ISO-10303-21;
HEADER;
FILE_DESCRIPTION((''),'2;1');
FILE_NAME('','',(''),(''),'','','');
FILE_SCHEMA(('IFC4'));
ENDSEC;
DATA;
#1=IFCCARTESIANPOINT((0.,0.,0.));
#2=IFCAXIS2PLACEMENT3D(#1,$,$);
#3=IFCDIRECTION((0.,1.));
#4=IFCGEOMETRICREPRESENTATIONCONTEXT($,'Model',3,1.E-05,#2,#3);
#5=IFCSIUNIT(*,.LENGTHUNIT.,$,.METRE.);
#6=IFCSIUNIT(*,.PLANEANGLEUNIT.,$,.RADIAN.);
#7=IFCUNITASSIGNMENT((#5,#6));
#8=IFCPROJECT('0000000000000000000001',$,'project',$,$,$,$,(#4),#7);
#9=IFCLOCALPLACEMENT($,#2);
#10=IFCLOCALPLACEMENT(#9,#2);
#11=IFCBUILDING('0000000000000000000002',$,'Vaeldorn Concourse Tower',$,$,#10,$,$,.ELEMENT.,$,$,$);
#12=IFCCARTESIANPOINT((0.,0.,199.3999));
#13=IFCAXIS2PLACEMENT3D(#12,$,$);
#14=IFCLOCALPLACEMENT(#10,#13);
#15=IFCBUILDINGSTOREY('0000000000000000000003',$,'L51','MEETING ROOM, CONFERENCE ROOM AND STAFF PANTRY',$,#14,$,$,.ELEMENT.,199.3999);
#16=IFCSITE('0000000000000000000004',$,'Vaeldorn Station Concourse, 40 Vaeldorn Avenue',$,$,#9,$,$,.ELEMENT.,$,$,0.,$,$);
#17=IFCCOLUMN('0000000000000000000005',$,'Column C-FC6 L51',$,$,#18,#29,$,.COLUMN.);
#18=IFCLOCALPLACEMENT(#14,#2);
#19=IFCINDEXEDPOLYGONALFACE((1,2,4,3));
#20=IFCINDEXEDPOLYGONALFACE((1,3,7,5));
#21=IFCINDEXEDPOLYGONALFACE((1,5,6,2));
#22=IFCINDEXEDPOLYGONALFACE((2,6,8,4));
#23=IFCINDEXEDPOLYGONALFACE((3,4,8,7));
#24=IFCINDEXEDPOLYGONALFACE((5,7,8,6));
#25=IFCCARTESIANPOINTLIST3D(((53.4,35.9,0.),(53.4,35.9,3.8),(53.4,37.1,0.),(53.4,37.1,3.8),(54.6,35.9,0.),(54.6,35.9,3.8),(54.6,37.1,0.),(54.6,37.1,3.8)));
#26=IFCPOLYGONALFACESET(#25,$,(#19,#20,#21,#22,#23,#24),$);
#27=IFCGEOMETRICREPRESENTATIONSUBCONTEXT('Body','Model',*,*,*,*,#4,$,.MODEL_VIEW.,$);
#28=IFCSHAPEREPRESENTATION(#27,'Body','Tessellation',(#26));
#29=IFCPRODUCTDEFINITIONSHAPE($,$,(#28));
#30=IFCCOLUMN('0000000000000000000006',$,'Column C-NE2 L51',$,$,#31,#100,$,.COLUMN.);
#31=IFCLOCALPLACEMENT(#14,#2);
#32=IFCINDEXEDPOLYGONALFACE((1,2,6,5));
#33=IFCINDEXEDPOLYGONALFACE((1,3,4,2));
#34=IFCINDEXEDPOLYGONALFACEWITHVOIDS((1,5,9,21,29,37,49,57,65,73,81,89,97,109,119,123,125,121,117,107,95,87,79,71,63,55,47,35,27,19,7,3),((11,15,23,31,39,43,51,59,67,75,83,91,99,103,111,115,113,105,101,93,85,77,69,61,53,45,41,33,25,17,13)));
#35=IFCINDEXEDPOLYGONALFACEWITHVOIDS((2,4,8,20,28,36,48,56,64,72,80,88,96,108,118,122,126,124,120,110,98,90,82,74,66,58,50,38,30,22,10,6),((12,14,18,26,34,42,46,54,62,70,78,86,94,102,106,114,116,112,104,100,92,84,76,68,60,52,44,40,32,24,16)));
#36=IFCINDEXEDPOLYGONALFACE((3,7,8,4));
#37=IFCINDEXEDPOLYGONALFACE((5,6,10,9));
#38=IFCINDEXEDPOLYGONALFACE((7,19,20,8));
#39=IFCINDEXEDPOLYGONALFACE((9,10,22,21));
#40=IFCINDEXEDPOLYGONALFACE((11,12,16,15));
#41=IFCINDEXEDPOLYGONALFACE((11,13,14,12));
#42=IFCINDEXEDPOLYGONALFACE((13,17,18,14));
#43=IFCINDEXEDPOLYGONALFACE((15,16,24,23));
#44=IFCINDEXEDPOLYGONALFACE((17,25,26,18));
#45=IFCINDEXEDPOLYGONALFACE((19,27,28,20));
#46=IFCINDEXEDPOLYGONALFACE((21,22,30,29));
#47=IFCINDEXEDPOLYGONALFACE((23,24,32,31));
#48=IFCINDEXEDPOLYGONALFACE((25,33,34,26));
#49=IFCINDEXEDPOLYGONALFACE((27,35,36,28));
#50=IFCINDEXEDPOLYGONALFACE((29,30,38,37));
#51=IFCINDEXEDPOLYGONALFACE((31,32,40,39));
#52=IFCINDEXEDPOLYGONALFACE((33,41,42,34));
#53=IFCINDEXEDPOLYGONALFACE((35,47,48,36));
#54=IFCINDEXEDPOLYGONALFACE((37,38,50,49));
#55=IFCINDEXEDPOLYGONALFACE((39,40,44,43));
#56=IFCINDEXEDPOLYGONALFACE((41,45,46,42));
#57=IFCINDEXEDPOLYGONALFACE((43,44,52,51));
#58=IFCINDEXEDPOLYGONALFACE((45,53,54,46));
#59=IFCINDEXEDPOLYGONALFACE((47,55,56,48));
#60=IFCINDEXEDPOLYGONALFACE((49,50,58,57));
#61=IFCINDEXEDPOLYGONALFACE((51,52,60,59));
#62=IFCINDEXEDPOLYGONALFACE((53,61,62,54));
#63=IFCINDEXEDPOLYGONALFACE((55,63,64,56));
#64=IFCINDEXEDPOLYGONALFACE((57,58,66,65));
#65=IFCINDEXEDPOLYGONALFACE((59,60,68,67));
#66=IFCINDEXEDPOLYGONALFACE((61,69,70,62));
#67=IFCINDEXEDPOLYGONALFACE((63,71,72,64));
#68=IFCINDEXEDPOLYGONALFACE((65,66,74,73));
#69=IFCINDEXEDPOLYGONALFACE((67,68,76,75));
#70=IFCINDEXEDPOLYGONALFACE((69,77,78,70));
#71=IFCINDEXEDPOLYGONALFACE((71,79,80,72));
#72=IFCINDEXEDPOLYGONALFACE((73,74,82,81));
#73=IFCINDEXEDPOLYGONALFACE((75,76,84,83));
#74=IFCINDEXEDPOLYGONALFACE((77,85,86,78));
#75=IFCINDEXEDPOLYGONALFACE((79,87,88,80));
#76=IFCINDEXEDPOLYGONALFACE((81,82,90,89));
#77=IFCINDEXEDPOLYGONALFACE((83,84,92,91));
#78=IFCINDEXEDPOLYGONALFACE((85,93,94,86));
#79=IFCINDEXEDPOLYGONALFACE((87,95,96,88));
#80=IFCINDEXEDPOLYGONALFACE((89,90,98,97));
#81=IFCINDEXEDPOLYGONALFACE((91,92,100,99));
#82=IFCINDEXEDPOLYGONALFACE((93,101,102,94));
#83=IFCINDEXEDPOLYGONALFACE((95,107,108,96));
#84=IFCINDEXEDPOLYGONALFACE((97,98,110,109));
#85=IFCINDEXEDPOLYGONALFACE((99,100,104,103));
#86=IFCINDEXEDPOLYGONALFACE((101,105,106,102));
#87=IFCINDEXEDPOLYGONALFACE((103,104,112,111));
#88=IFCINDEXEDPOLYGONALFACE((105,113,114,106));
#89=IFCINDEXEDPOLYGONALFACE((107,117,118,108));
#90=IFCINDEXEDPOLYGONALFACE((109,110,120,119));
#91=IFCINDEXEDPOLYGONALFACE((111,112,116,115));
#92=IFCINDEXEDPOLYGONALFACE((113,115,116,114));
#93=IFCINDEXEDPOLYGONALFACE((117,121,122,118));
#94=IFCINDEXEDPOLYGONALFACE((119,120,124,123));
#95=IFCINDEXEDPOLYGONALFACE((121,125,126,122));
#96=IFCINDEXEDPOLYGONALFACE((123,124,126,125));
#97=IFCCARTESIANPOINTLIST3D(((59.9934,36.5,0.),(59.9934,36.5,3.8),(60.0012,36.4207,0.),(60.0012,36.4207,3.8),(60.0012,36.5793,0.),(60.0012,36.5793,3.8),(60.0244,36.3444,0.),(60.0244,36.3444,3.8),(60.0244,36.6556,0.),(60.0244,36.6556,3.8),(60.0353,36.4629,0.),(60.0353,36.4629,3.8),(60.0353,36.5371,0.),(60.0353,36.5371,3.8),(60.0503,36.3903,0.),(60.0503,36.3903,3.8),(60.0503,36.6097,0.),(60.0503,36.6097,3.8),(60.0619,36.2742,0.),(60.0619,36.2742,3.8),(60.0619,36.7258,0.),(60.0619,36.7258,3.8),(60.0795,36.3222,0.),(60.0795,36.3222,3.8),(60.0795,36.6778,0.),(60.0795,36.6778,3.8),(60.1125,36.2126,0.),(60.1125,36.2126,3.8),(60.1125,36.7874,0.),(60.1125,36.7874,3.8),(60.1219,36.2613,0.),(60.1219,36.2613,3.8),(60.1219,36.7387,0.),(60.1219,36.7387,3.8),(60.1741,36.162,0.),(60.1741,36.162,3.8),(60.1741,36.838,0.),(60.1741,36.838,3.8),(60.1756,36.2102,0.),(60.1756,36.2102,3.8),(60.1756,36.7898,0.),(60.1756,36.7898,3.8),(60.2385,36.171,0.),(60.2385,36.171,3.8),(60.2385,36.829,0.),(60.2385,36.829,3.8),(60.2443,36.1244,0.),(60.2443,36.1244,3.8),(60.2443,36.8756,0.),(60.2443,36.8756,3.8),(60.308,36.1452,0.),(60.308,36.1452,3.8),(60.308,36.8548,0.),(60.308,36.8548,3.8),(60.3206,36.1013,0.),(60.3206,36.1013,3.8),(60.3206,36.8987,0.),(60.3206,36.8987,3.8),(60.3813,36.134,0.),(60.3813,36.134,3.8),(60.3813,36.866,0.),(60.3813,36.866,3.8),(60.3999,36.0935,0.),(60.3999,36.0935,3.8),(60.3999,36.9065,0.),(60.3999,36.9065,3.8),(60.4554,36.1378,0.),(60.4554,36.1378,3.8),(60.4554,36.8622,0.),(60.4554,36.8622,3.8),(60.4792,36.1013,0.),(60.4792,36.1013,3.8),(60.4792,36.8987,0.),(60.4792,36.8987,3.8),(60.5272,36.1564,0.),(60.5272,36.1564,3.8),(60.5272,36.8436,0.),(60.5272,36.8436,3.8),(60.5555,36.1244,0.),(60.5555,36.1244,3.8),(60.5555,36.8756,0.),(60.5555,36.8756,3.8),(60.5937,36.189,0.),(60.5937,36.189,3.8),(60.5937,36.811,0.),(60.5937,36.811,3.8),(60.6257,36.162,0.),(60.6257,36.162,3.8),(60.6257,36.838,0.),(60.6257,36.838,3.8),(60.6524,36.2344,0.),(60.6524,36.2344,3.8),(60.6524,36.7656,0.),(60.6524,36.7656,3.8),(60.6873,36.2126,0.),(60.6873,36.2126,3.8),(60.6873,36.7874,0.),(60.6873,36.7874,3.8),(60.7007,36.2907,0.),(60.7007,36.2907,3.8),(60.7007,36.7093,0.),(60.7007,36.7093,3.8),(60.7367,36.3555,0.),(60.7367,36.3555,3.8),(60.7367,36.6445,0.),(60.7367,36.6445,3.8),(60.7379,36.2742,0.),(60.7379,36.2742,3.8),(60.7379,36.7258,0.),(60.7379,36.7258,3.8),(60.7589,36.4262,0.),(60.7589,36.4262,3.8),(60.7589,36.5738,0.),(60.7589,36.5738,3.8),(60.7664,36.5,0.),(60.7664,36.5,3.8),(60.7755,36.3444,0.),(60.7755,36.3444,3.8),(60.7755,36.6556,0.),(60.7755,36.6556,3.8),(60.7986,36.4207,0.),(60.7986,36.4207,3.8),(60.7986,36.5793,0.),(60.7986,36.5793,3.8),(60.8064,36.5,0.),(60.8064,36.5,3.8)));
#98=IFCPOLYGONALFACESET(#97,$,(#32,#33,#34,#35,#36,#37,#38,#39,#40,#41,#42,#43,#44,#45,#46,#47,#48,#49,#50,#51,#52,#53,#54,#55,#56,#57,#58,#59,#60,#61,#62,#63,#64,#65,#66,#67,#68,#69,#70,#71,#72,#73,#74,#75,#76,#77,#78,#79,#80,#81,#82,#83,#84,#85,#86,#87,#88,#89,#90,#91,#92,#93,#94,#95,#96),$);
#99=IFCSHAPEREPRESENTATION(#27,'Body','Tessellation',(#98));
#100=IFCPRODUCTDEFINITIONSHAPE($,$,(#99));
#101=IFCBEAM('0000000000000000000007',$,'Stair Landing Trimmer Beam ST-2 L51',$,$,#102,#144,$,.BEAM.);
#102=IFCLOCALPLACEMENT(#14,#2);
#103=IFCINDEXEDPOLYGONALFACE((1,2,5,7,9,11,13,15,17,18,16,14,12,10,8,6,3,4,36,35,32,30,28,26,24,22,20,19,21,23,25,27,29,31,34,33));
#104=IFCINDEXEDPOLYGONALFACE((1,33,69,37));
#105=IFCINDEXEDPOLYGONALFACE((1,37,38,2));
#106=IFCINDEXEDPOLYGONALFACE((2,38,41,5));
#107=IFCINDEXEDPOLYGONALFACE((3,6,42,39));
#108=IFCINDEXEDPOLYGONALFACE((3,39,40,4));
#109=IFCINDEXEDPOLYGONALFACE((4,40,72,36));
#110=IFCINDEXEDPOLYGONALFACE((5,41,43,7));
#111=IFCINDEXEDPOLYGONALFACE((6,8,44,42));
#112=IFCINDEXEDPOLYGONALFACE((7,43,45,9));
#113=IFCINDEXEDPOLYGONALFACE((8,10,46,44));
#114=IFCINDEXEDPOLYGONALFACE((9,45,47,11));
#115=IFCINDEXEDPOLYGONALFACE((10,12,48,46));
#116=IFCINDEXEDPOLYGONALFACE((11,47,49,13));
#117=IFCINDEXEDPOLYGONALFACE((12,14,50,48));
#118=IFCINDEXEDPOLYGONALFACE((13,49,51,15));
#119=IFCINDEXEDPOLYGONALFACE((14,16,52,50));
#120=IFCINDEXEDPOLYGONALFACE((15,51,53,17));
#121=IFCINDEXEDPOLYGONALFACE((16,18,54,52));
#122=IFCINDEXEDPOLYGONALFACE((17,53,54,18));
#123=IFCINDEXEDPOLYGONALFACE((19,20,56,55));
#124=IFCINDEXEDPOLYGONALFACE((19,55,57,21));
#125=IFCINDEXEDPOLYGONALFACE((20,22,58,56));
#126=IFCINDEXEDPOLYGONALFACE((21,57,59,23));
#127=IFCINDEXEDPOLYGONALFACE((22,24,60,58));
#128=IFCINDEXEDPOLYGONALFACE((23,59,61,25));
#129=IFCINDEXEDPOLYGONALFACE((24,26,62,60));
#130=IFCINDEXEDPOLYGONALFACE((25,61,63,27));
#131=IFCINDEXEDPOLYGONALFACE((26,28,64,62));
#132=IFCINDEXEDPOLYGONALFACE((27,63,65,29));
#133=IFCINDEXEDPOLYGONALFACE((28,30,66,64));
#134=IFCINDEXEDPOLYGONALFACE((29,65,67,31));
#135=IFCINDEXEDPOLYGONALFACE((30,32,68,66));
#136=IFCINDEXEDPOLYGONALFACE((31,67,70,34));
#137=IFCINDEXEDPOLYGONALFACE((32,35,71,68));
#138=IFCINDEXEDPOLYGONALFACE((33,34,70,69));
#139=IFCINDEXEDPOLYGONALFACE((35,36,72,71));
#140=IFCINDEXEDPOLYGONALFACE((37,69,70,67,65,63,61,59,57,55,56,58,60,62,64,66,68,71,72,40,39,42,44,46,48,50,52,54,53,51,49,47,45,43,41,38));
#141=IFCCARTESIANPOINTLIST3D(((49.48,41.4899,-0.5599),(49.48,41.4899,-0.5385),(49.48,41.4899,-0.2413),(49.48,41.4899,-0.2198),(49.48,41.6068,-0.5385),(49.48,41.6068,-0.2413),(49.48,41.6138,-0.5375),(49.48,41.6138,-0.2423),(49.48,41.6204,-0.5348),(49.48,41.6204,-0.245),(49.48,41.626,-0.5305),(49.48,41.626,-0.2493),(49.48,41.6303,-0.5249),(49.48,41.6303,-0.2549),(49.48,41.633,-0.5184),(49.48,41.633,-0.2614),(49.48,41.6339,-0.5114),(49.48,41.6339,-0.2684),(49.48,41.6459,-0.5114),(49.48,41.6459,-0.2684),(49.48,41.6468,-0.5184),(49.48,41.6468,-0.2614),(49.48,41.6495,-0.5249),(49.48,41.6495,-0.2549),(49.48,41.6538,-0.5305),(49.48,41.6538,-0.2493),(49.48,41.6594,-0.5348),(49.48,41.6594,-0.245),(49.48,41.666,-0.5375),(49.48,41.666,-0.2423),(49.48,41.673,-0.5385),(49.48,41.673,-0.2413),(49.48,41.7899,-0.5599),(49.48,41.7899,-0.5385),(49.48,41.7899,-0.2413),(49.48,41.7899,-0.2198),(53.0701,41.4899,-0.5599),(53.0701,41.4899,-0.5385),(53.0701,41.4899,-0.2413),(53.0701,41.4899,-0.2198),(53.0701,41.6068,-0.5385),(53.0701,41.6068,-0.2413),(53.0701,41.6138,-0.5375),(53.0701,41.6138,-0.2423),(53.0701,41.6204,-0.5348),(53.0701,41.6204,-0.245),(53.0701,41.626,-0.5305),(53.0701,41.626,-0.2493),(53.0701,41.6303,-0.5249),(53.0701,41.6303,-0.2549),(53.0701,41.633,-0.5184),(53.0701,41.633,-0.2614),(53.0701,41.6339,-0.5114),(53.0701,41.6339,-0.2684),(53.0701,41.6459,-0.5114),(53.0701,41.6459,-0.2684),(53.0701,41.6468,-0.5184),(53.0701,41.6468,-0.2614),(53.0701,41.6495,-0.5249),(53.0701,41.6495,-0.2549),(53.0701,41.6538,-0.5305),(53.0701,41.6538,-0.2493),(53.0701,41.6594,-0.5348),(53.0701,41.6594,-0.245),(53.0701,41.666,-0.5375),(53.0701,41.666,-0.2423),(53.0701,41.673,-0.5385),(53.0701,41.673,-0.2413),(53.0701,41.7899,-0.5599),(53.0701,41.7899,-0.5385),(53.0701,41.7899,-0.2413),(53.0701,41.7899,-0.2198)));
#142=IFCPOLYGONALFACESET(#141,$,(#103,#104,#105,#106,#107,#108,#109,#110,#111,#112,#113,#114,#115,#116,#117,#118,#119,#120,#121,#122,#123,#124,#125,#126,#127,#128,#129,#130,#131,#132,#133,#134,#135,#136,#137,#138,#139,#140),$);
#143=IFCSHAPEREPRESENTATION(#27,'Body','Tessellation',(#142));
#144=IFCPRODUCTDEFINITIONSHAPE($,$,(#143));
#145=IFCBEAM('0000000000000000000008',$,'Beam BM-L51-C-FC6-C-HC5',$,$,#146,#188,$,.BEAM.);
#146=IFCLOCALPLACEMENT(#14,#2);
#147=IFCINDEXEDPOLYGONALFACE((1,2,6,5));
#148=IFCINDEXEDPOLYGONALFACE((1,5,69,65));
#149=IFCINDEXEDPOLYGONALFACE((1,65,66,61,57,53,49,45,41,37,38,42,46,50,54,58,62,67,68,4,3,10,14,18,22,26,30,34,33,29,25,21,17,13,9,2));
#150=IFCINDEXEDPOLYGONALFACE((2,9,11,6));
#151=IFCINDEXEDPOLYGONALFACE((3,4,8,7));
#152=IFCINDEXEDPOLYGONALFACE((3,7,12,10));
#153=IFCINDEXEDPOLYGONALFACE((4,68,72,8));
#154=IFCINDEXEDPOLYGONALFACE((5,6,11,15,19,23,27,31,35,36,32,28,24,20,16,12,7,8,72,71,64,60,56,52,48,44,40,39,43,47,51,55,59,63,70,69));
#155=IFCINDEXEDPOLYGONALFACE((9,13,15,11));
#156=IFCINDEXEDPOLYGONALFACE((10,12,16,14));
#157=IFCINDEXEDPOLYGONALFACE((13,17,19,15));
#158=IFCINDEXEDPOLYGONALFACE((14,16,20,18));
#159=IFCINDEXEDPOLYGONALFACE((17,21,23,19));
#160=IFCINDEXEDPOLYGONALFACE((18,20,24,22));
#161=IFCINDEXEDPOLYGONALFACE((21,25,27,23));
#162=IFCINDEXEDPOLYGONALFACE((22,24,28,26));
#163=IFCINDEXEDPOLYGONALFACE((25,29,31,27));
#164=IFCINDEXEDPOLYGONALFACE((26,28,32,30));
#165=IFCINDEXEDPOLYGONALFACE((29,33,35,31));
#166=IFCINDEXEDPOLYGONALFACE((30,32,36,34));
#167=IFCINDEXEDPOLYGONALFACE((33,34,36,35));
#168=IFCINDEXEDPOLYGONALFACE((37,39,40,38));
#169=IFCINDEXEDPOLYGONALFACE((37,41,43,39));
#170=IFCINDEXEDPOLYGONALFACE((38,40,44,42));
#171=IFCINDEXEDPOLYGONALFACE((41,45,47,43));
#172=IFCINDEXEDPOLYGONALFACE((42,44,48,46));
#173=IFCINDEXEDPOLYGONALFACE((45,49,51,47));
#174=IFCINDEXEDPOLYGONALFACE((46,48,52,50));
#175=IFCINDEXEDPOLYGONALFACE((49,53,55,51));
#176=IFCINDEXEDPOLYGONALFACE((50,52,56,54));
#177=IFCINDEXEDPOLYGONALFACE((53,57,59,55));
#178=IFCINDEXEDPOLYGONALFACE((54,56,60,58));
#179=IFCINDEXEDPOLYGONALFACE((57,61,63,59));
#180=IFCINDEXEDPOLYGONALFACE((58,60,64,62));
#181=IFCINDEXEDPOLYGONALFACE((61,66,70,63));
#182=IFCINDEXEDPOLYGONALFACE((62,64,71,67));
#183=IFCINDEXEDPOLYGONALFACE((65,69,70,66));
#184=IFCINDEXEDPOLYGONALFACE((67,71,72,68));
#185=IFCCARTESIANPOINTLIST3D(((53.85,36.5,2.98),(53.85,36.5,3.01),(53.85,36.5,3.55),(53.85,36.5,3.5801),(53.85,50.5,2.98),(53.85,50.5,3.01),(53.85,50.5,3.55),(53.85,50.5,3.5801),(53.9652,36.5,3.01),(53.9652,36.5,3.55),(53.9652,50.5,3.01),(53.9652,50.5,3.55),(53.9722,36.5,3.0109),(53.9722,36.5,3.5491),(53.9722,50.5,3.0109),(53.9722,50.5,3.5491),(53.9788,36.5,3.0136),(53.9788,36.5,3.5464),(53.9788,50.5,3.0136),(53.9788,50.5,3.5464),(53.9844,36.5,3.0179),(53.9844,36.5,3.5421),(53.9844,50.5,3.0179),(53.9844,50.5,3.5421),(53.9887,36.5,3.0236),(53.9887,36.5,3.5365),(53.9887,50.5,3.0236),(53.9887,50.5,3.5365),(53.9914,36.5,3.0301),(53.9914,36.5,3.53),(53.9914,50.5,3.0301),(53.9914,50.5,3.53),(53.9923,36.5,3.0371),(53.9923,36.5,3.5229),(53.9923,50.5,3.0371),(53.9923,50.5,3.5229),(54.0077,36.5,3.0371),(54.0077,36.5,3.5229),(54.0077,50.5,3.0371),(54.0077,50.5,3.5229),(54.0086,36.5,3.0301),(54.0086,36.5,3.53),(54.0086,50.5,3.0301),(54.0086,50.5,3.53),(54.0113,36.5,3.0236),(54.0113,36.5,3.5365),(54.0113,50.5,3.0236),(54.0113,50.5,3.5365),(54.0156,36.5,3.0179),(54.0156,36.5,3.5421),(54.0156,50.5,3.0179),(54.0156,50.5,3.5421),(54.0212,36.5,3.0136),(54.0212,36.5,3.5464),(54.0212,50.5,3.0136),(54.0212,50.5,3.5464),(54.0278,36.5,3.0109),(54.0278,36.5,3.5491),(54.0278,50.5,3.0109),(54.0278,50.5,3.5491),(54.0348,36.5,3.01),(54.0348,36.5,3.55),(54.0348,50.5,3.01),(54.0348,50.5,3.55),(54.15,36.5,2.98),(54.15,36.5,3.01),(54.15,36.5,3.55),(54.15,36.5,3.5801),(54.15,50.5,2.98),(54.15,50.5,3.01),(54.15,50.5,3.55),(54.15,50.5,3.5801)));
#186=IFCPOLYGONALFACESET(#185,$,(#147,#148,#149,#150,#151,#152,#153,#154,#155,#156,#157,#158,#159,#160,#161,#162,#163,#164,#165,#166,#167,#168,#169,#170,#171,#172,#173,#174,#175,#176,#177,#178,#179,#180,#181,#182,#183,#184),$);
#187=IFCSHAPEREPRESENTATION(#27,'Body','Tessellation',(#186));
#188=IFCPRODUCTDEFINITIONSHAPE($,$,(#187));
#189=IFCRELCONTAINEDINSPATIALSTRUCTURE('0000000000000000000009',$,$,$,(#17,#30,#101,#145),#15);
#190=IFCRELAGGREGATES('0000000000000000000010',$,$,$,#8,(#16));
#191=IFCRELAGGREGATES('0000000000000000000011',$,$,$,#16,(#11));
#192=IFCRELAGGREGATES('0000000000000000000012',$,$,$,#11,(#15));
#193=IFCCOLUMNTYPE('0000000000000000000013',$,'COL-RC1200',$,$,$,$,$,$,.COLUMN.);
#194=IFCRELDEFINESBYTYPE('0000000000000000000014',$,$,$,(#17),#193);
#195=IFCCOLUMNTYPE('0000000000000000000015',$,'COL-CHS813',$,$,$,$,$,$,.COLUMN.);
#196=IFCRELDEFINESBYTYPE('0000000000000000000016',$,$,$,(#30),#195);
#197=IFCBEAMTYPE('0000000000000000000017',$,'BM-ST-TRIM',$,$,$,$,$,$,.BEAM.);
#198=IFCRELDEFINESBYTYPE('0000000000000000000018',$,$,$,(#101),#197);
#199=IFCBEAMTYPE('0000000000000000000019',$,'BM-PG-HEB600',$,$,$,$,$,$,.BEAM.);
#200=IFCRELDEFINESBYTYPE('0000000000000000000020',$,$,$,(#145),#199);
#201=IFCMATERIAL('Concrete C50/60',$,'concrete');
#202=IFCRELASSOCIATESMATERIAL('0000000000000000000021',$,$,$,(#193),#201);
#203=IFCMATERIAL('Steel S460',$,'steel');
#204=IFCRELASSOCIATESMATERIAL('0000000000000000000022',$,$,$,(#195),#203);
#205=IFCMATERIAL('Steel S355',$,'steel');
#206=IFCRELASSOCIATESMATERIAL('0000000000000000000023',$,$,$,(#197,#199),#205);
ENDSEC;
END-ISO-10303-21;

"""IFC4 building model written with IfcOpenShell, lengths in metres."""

from ifc_helpers import new_model, si_unit, direction, frame, origin, origin_2d, place, context, subcontext, project, spatial, rectangle, hollow_circle, i_section, extrude, source, transform, mapped, material, material_profile, profile_set, type_object, element, save


model = new_model("IFC4")

# Units and contexts
model_context = context("Model", 3, precision=1e-05, world=origin(), true_north=direction((0.0, 1.0)))
body_context = subcontext(model_context, "Body", "Model", "MODEL_VIEW")
ifc_project = project(units=[si_unit("LENGTHUNIT", "METRE"), si_unit("PLANEANGLEUNIT", "RADIAN")], contexts=[model_context])

# Site, building, storey
site_placement = place(None, origin())
site = spatial("IfcSite", under=ifc_project, at=site_placement, Name="Vaeldorn Station Concourse, 40 Vaeldorn Avenue", CompositionType="ELEMENT", RefElevation=0.0)
building_placement = place(site_placement, origin())
building = spatial("IfcBuilding", under=site, at=building_placement, Name="Vaeldorn Concourse Tower", CompositionType="ELEMENT")
storey_placement = place(building_placement, frame((0.0, 0.0, 199.3999)))
storey = spatial("IfcBuildingStorey", under=building, at=storey_placement, Name="L51", Description="MEETING ROOM, CONFERENCE ROOM AND STAFF PANTRY", CompositionType="ELEMENT", Elevation=199.3999)

# Columns
ifc_material_1 = material(Name="Concrete C50/60", Category="concrete")
ifc_material_profile_1 = material_profile(ifc_material_1, rectangle(XDim=1.2, YDim=1.2, at=origin_2d()), Name="RC 1200x1200")
ifc_profile_set_1 = profile_set([ifc_material_profile_1], Name="Concrete C50/60")
column_type_1 = type_object("IfcColumnType", Name="COL-RC1200", PredefinedType="COLUMN", material=ifc_profile_set_1)
shared_shape_1 = source(origin(), body_context, "Body", "SweptSolid", [
    extrude(rectangle(XDim=1.2, YDim=1.2, at=origin_2d()), origin(), (0.0, 0.0, 1.0), 3.8),
])
column_1_placement = place(storey_placement, frame((54.0, 36.5, 0.0), z_axis=(0.0, 0.0, 1.0), x_axis=(1.0, 0.0, 0.0)))
element("IfcColumn", 1, at=column_1_placement, inside=storey, type_object=column_type_1, Name="Column C-FC6 L51", PredefinedType="COLUMN", context=body_context, shape_type="MappedRepresentation", body=[
    mapped(shared_shape_1, transform((0.0, 0.0, 0.0), scale=1.0)),
])
ifc_material_2 = material(Name="Steel S460", Category="steel")
ifc_material_profile_2 = material_profile(ifc_material_2, hollow_circle(Radius=0.4065, WallThickness=0.04, at=origin_2d()), Name="CHS 813x40")
ifc_profile_set_2 = profile_set([ifc_material_profile_2], Name="Steel S460")
column_type_2 = type_object("IfcColumnType", Name="COL-CHS813", PredefinedType="COLUMN", material=ifc_profile_set_2)
shared_shape_2 = source(origin(), body_context, "Body", "SweptSolid", [
    extrude(hollow_circle(Radius=0.4065, WallThickness=0.04, at=origin_2d()), origin(), (0.0, 0.0, 1.0), 3.8),
])
column_2_placement = place(storey_placement, frame((60.3999, 36.5, 0.0), z_axis=(0.0, 0.0, 1.0), x_axis=(1.0, 0.0, 0.0)))
element("IfcColumn", 2, at=column_2_placement, inside=storey, type_object=column_type_2, Name="Column C-NE2 L51", PredefinedType="COLUMN", context=body_context, shape_type="MappedRepresentation", body=[
    mapped(shared_shape_2, transform((0.0, 0.0, 0.0), scale=1.0)),
])

# Beams
ifc_material_3 = material(Name="Steel S355", Category="steel")
ifc_material_profile_3 = material_profile(ifc_material_3, i_section(OverallWidth=0.3, OverallDepth=0.3401, WebThickness=0.012, FlangeThickness=0.0215, FilletRadius=0.0271, at=origin_2d()), Name="HEB 340")
ifc_profile_set_3 = profile_set([ifc_material_profile_3], Name="Steel S355")
beam_type_1 = type_object("IfcBeamType", Name="BM-ST-TRIM", PredefinedType="BEAM", material=ifc_profile_set_3)
shared_shape_3 = source(origin(), body_context, "Body", "SweptSolid", [
    extrude(i_section(OverallWidth=0.3, OverallDepth=0.3401, WebThickness=0.012, FlangeThickness=0.0215, FilletRadius=0.0271, at=origin_2d()), origin(), (0.0, 0.0, 1.0), 3.5901),
])
beam_1_placement = place(storey_placement, frame((49.48, 41.6399, -0.3899), z_axis=(1.0, 0.0, 0.0), x_axis=(0.0, 1.0, 0.0)))
element("IfcBeam", 3, at=beam_1_placement, inside=storey, type_object=beam_type_1, Name="Stair Landing Trimmer Beam ST-2 L51", PredefinedType="BEAM", context=body_context, shape_type="MappedRepresentation", body=[
    mapped(shared_shape_3, transform((0.0, 0.0, 0.0), scale=1.0)),
])
ifc_material_profile_4 = material_profile(ifc_material_3, i_section(OverallWidth=0.3, OverallDepth=0.6001, WebThickness=0.0154, FlangeThickness=0.03, FilletRadius=0.0271, at=origin_2d()), Name="HEB 600")
ifc_profile_set_4 = profile_set([ifc_material_profile_4], Name="Steel S355")
beam_type_2 = type_object("IfcBeamType", Name="BM-PG-HEB600", PredefinedType="BEAM", material=ifc_profile_set_4)
shared_shape_4 = source(origin(), body_context, "Body", "SweptSolid", [
    extrude(i_section(OverallWidth=0.3, OverallDepth=0.6001, WebThickness=0.0154, FlangeThickness=0.03, FilletRadius=0.0271, at=origin_2d()), origin(), (0.0, 0.0, 1.0), 14.0),
])
beam_2_placement = place(storey_placement, frame((54.0, 36.5, 3.28), z_axis=(0.0, 1.0, 0.0), x_axis=(-1.0, 0.0, 0.0)))
element("IfcBeam", 4, at=beam_2_placement, inside=storey, type_object=beam_type_2, Name="Beam BM-L51-C-FC6-C-HC5", PredefinedType="BEAM", context=body_context, shape_type="MappedRepresentation", body=[
    mapped(shared_shape_4, transform((0.0, 0.0, 0.0), scale=1.0)),
])

save(model, "model.ifc")
